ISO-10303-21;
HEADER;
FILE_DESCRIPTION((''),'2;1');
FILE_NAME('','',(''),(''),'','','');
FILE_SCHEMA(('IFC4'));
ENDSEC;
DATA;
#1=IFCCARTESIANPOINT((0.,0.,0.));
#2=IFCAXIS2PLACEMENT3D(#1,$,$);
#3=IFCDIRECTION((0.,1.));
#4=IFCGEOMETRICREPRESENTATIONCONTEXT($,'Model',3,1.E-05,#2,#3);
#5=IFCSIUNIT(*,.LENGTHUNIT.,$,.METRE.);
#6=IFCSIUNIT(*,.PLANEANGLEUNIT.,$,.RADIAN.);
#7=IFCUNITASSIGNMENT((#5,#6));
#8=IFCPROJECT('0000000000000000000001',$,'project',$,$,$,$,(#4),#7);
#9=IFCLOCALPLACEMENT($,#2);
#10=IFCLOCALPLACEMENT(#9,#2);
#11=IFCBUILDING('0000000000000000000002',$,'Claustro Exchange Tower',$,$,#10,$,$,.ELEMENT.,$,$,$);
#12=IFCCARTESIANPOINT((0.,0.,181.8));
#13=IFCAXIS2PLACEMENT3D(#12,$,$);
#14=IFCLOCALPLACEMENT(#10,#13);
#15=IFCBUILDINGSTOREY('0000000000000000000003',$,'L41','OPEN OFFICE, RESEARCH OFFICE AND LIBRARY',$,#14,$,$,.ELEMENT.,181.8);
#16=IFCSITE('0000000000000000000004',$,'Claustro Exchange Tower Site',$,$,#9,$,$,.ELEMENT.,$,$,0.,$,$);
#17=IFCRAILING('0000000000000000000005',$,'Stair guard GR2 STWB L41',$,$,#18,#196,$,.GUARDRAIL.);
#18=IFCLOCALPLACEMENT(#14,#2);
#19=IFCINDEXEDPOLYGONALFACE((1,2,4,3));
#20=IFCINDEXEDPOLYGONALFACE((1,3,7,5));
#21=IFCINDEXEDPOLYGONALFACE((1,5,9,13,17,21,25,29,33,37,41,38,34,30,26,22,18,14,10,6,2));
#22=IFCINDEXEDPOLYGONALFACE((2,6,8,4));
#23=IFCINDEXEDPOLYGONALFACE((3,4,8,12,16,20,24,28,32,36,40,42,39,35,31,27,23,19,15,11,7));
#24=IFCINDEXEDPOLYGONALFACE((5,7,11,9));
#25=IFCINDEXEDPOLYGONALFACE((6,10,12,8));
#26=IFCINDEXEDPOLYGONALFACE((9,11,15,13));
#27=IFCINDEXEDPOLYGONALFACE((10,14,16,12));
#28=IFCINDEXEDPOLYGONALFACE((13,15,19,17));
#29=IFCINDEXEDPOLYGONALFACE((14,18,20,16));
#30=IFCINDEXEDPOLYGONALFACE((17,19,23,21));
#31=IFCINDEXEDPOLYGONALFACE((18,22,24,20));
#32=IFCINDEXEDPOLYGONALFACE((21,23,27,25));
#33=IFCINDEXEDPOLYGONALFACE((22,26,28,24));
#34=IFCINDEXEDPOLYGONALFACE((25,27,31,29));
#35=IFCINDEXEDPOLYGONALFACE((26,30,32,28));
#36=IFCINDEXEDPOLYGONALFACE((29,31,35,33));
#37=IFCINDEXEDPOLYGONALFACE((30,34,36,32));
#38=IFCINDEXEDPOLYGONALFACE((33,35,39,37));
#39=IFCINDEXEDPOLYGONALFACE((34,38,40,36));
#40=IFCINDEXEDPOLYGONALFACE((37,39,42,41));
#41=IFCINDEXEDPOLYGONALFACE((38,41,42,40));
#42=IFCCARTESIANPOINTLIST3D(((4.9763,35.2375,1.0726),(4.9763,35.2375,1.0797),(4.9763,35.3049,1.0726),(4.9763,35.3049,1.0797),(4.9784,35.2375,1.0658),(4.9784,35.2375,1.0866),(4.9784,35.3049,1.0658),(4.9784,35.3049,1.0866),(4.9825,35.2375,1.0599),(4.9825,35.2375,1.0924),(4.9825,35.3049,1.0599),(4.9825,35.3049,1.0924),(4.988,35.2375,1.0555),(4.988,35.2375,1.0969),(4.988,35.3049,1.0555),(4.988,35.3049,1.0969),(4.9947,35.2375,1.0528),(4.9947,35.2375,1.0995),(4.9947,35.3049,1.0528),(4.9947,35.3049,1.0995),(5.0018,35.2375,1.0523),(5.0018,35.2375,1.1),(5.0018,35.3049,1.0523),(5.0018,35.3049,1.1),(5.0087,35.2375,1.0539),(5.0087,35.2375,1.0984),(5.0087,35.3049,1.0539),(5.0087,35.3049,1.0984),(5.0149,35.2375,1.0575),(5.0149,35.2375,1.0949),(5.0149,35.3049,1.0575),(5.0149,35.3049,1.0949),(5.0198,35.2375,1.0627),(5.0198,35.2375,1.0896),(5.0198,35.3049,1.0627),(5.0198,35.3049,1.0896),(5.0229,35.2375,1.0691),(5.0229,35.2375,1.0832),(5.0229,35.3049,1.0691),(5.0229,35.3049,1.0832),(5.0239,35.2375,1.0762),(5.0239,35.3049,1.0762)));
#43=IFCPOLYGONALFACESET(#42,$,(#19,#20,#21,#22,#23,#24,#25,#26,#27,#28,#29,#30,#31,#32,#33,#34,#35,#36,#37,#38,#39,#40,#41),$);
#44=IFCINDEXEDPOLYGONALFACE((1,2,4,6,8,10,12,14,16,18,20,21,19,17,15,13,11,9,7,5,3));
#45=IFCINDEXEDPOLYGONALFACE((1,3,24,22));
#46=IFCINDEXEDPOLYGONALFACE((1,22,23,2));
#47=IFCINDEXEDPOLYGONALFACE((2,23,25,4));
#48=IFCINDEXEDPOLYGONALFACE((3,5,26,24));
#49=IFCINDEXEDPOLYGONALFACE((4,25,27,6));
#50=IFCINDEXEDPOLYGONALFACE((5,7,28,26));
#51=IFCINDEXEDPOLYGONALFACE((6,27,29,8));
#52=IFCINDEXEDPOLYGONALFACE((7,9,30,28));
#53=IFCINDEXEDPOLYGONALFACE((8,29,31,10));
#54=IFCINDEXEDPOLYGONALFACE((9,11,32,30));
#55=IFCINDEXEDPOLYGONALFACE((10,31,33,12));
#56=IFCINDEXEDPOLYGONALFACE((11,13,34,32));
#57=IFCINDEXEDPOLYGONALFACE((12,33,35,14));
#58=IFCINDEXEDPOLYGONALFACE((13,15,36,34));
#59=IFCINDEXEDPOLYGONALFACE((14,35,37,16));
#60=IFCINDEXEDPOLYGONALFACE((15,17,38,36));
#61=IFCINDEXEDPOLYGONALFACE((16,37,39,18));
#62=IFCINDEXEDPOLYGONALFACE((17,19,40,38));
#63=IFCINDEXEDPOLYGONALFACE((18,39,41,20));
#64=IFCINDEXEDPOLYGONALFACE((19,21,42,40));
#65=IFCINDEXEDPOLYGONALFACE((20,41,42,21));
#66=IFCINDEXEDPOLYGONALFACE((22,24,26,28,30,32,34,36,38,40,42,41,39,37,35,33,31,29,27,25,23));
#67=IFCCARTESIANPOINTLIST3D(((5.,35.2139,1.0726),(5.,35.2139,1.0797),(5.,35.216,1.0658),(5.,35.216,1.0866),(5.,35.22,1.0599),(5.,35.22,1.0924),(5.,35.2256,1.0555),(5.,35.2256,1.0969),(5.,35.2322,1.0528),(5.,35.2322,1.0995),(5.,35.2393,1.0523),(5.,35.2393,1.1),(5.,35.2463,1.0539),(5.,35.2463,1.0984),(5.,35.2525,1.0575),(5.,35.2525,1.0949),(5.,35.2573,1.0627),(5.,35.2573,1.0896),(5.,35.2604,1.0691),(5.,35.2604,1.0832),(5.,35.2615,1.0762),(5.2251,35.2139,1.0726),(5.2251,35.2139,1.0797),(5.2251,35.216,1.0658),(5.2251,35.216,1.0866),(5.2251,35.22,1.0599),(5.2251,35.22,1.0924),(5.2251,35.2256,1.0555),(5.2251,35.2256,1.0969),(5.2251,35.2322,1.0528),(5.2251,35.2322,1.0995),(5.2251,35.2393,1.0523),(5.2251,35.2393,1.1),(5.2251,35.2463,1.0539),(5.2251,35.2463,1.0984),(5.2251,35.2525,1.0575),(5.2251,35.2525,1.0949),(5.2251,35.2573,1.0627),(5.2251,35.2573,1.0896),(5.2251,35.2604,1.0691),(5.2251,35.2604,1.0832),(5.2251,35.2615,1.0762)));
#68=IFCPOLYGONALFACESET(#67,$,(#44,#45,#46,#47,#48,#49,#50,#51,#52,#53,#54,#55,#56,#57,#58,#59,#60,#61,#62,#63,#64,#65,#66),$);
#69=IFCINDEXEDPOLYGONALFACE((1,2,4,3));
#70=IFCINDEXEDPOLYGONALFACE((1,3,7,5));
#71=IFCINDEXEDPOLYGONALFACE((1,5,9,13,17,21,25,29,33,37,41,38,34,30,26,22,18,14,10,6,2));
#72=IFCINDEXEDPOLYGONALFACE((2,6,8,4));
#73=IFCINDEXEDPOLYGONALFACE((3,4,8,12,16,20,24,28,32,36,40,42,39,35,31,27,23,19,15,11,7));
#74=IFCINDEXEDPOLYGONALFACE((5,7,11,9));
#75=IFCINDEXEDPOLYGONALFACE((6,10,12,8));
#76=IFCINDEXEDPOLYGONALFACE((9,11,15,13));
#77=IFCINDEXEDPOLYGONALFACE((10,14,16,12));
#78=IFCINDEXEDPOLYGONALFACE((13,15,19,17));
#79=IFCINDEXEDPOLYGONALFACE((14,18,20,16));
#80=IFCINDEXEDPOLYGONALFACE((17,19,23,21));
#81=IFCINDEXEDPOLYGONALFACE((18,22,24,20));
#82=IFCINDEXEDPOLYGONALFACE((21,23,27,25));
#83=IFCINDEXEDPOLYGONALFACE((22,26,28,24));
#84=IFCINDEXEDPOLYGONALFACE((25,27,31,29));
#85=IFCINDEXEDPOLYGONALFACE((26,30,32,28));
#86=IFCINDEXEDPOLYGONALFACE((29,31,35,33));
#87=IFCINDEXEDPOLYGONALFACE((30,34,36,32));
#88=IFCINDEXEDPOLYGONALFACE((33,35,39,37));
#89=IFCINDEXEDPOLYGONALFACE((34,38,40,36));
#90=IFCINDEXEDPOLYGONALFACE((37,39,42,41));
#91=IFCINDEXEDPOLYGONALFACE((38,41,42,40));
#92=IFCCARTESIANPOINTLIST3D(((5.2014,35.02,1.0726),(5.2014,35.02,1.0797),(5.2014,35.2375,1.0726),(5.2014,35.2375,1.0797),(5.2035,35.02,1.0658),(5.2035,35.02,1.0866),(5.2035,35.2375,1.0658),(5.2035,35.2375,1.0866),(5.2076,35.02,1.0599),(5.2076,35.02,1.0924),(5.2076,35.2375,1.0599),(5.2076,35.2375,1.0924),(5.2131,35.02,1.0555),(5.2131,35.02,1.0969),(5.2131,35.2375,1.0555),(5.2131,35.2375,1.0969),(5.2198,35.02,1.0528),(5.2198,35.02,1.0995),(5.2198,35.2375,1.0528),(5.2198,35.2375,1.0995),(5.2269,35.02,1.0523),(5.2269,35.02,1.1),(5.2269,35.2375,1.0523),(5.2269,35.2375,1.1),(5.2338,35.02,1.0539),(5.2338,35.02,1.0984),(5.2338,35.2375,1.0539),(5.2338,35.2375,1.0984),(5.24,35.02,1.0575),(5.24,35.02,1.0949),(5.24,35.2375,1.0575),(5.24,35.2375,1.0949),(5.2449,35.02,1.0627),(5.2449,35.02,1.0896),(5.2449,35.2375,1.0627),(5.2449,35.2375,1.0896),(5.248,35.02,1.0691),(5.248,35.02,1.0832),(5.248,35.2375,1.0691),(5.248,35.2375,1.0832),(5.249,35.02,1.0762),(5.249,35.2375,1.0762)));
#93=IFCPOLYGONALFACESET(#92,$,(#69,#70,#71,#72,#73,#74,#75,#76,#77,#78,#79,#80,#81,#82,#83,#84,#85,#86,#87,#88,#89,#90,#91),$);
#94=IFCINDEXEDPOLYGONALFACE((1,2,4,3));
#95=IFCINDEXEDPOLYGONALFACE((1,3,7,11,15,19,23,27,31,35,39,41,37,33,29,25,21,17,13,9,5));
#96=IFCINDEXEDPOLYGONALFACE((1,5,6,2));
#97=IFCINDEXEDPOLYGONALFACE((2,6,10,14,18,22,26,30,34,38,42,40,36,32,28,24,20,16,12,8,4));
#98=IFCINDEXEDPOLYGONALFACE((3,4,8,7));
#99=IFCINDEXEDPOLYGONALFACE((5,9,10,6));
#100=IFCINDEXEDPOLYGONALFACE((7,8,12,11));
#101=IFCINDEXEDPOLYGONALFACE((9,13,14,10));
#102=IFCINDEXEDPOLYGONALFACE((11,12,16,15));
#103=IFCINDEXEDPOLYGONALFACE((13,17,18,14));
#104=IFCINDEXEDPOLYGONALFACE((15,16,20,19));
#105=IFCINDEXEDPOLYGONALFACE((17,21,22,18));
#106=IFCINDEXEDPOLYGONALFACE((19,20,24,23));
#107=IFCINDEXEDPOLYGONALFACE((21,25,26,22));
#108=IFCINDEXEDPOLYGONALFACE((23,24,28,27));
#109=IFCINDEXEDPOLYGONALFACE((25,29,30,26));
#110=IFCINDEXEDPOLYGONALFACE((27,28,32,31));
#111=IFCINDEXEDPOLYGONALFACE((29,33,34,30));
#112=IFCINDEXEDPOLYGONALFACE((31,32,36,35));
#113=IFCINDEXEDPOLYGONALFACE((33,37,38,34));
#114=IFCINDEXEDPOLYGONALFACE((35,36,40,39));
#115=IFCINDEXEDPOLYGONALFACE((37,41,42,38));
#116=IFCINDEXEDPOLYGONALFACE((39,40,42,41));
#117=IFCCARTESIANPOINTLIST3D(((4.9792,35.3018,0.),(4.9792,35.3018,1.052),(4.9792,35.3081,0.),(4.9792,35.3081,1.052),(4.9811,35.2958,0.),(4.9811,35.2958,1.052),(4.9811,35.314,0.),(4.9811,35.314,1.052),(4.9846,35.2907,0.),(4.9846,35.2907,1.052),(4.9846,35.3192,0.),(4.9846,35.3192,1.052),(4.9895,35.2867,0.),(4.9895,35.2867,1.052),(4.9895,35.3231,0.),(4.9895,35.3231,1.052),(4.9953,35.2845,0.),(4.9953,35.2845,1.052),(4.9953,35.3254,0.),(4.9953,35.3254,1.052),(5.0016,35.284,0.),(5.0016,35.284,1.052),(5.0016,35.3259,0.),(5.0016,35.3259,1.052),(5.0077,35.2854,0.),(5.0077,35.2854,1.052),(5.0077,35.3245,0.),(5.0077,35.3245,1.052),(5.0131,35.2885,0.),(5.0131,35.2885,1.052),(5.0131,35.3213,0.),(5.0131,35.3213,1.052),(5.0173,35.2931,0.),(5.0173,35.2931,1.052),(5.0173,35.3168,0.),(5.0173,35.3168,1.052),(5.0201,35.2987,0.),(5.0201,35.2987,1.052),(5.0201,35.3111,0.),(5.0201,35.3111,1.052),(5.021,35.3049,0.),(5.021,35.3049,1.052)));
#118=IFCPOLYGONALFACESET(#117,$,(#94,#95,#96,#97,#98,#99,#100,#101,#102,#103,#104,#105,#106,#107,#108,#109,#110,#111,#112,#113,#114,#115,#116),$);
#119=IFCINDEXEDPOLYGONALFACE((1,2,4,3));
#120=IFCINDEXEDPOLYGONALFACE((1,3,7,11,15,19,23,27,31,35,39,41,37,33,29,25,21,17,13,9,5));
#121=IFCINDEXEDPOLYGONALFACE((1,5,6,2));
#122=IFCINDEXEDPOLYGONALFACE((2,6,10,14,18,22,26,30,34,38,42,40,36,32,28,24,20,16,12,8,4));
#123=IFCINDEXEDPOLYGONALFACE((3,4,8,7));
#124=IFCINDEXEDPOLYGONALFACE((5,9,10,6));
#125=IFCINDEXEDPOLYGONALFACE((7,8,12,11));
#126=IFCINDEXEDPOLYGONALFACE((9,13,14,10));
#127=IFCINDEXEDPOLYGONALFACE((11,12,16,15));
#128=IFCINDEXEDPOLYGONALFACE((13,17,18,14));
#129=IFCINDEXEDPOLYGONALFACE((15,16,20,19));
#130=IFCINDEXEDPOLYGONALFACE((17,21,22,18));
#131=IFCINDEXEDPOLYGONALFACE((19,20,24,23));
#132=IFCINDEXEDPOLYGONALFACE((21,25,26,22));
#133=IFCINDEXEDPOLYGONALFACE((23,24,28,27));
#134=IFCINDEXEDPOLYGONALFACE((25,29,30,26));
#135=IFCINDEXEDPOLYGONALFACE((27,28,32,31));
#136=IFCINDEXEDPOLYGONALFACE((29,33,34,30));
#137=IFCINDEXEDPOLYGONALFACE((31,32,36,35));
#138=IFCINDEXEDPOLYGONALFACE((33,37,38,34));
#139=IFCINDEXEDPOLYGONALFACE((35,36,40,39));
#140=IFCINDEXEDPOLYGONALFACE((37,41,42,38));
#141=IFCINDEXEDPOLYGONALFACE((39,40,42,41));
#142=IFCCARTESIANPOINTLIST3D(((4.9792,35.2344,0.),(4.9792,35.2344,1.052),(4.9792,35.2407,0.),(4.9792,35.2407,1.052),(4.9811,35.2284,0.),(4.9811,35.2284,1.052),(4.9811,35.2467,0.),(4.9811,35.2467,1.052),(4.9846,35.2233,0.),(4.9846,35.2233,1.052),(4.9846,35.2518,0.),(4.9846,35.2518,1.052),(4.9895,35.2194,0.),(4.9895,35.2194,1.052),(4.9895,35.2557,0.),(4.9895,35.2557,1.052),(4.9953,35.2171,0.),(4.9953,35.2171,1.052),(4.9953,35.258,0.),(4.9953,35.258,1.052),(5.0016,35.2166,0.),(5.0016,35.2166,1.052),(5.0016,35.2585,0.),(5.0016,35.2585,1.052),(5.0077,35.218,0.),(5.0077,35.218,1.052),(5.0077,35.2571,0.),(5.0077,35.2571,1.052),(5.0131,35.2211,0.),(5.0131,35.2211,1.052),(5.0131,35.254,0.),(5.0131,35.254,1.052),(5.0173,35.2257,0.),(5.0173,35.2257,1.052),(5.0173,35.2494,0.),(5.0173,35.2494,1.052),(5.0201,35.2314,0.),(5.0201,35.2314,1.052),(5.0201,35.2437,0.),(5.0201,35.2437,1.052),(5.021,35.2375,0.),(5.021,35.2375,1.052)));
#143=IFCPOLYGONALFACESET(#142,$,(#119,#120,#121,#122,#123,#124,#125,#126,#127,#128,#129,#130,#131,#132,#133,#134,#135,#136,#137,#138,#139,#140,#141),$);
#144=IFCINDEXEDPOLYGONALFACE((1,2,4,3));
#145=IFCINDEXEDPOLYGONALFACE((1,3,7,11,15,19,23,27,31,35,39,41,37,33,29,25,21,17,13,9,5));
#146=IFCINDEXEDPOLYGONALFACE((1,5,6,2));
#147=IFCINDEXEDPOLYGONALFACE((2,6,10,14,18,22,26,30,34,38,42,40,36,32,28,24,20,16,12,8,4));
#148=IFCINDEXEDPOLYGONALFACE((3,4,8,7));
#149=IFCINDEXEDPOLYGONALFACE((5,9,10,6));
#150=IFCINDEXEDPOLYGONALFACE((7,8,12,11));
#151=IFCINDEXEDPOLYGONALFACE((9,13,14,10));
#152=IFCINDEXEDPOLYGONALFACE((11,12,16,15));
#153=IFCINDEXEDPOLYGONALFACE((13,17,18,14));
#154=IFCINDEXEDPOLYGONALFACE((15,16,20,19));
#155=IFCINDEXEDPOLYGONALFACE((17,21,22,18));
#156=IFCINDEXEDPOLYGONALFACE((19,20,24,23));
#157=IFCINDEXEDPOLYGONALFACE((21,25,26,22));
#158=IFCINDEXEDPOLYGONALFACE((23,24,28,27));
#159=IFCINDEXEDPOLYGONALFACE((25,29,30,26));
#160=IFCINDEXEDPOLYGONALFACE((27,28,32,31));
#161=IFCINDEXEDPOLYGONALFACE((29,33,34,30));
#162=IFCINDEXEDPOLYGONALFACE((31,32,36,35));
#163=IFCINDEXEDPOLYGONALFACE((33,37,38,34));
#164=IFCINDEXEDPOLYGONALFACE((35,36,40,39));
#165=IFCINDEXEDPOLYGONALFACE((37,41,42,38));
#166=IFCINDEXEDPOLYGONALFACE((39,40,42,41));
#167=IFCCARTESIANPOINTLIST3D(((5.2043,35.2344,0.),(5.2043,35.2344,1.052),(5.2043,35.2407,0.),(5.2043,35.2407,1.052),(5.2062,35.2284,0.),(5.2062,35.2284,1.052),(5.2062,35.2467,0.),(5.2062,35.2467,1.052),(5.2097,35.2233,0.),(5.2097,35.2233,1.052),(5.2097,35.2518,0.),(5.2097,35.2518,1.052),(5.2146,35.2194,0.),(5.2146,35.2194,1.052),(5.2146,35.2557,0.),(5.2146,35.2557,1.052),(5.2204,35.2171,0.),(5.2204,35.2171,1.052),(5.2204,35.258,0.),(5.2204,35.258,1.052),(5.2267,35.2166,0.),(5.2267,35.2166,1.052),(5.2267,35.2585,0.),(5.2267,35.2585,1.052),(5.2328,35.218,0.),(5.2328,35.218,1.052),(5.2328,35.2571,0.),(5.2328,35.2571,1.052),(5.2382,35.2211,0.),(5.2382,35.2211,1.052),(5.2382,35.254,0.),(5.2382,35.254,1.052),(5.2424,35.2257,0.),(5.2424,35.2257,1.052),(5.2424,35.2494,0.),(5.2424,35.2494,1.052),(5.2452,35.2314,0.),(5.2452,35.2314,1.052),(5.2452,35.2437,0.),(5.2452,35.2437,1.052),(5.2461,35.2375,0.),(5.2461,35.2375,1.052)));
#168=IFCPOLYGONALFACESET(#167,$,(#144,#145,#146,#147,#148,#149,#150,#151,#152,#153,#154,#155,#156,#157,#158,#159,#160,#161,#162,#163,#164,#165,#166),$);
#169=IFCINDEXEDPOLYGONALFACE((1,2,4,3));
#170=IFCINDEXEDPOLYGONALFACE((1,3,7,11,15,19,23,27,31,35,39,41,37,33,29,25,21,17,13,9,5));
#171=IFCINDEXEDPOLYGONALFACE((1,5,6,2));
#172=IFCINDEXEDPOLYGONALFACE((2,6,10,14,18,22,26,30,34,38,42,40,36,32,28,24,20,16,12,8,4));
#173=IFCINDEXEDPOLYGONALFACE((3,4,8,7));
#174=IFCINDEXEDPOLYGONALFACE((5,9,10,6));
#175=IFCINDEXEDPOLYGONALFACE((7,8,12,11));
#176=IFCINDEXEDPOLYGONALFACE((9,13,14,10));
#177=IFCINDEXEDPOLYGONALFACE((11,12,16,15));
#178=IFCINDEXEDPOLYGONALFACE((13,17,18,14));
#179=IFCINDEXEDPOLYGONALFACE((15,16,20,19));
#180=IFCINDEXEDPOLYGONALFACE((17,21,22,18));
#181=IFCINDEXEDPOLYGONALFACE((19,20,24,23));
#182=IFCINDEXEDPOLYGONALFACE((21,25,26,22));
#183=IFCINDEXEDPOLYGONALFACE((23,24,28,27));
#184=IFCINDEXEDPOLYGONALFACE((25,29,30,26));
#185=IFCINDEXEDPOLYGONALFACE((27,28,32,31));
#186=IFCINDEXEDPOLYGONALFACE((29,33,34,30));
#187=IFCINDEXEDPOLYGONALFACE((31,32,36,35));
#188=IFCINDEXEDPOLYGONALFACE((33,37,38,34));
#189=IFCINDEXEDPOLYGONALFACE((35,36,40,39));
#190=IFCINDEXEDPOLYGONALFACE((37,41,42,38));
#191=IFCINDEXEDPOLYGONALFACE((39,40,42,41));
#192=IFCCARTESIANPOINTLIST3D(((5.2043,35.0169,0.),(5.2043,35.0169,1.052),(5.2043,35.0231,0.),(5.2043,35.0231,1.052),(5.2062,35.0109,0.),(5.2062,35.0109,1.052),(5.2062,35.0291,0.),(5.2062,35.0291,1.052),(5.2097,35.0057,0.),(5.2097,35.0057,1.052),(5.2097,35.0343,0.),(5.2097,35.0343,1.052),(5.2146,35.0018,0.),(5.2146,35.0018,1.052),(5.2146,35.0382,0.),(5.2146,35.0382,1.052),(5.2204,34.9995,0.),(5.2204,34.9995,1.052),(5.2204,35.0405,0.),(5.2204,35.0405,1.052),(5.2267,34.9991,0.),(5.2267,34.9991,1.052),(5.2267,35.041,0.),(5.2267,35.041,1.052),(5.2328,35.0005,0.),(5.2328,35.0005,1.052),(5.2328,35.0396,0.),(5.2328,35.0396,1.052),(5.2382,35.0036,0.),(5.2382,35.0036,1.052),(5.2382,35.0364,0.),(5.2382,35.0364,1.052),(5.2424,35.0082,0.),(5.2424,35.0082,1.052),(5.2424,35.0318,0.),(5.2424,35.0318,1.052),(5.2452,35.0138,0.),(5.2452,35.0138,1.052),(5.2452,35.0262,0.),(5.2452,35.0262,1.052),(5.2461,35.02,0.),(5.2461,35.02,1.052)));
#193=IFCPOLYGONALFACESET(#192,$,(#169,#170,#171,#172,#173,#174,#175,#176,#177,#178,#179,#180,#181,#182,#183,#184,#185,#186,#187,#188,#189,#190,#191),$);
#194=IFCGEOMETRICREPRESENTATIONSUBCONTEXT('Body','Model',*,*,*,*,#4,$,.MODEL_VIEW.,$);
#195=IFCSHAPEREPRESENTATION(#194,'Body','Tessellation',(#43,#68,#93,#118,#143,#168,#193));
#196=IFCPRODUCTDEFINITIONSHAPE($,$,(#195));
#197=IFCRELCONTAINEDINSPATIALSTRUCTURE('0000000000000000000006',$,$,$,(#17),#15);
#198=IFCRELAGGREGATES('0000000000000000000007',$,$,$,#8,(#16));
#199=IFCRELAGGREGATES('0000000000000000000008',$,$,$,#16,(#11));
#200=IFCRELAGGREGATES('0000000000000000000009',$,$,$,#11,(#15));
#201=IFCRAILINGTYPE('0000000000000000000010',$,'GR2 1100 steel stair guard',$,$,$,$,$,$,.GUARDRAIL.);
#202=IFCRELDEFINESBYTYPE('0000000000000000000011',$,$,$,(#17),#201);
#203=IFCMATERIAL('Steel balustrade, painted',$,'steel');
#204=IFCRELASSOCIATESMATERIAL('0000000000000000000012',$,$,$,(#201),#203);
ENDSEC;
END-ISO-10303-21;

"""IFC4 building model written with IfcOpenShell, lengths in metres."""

from ifc_helpers import new_model, si_unit, direction, frame, origin, origin_2d, place, context, subcontext, project, spatial, circle, extrude, material, type_object, element, save


model = new_model("IFC4")

# Units and contexts
model_context = context("Model", 3, precision=1e-05, world=origin(), true_north=direction((0.0, 1.0)))
body_context = subcontext(model_context, "Body", "Model", "MODEL_VIEW")
ifc_project = project(units=[si_unit("LENGTHUNIT", "METRE"), si_unit("PLANEANGLEUNIT", "RADIAN")], contexts=[model_context])

# Site, building, storey
site_placement = place(None, origin())
site = spatial("IfcSite", under=ifc_project, at=site_placement, Name="Claustro Exchange Tower Site", CompositionType="ELEMENT", RefElevation=0.0)
building_placement = place(site_placement, origin())
building = spatial("IfcBuilding", under=site, at=building_placement, Name="Claustro Exchange Tower", CompositionType="ELEMENT")
storey_placement = place(building_placement, frame((0.0, 0.0, 181.8)))
storey = spatial("IfcBuildingStorey", under=building, at=storey_placement, Name="L41", Description="OPEN OFFICE, RESEARCH OFFICE AND LIBRARY", CompositionType="ELEMENT", Elevation=181.8)

# Railing
ifc_material_1 = material(Name="Steel balustrade, painted", Category="steel")
railing_type_1 = type_object("IfcRailingType", Name="GR2 1100 steel stair guard", PredefinedType="GUARDRAIL", material=ifc_material_1)
railing_1_placement = place(storey_placement, frame((5.0, 35.3049, 0.0)))
element("IfcRailing", 1, at=railing_1_placement, inside=storey, type_object=railing_type_1, Name="Stair guard GR2 STWB L41", PredefinedType="GUARDRAIL", context=body_context, shape_type="SweptSolid", body=[
    extrude(circle(Radius=0.0239, at=origin_2d()), frame((0.0, 0.0, 1.0762), z_axis=(0.0, -1.0, 0.0), x_axis=(1.0, 0.0, 0.0)), (0.0, 0.0, 1.0), 0.0674),
    extrude(circle(Radius=0.0239, at=origin_2d()), frame((0.0, -0.0674, 1.0762), z_axis=(1.0, 0.0, 0.0), x_axis=(0.0, 1.0, 0.0)), (0.0, 0.0, 1.0), 0.2251),
    extrude(circle(Radius=0.0239, at=origin_2d()), frame((0.2251, -0.0674, 1.0762), z_axis=(0.0, -1.0, 0.0), x_axis=(1.0, 0.0, 0.0)), (0.0, 0.0, 1.0), 0.2175),
    extrude(circle(Radius=0.021, at=origin_2d()), origin(), (0.0, 0.0, 1.0), 1.052),
    extrude(circle(Radius=0.021, at=origin_2d()), frame((0.0, -0.0674, 0.0)), (0.0, 0.0, 1.0), 1.052),
    extrude(circle(Radius=0.021, at=origin_2d()), frame((0.2251, -0.0674, 0.0)), (0.0, 0.0, 1.0), 1.052),
    extrude(circle(Radius=0.021, at=origin_2d()), frame((0.2251, -0.2849, 0.0)), (0.0, 0.0, 1.0), 1.052),
])

save(model, "model.ifc")
